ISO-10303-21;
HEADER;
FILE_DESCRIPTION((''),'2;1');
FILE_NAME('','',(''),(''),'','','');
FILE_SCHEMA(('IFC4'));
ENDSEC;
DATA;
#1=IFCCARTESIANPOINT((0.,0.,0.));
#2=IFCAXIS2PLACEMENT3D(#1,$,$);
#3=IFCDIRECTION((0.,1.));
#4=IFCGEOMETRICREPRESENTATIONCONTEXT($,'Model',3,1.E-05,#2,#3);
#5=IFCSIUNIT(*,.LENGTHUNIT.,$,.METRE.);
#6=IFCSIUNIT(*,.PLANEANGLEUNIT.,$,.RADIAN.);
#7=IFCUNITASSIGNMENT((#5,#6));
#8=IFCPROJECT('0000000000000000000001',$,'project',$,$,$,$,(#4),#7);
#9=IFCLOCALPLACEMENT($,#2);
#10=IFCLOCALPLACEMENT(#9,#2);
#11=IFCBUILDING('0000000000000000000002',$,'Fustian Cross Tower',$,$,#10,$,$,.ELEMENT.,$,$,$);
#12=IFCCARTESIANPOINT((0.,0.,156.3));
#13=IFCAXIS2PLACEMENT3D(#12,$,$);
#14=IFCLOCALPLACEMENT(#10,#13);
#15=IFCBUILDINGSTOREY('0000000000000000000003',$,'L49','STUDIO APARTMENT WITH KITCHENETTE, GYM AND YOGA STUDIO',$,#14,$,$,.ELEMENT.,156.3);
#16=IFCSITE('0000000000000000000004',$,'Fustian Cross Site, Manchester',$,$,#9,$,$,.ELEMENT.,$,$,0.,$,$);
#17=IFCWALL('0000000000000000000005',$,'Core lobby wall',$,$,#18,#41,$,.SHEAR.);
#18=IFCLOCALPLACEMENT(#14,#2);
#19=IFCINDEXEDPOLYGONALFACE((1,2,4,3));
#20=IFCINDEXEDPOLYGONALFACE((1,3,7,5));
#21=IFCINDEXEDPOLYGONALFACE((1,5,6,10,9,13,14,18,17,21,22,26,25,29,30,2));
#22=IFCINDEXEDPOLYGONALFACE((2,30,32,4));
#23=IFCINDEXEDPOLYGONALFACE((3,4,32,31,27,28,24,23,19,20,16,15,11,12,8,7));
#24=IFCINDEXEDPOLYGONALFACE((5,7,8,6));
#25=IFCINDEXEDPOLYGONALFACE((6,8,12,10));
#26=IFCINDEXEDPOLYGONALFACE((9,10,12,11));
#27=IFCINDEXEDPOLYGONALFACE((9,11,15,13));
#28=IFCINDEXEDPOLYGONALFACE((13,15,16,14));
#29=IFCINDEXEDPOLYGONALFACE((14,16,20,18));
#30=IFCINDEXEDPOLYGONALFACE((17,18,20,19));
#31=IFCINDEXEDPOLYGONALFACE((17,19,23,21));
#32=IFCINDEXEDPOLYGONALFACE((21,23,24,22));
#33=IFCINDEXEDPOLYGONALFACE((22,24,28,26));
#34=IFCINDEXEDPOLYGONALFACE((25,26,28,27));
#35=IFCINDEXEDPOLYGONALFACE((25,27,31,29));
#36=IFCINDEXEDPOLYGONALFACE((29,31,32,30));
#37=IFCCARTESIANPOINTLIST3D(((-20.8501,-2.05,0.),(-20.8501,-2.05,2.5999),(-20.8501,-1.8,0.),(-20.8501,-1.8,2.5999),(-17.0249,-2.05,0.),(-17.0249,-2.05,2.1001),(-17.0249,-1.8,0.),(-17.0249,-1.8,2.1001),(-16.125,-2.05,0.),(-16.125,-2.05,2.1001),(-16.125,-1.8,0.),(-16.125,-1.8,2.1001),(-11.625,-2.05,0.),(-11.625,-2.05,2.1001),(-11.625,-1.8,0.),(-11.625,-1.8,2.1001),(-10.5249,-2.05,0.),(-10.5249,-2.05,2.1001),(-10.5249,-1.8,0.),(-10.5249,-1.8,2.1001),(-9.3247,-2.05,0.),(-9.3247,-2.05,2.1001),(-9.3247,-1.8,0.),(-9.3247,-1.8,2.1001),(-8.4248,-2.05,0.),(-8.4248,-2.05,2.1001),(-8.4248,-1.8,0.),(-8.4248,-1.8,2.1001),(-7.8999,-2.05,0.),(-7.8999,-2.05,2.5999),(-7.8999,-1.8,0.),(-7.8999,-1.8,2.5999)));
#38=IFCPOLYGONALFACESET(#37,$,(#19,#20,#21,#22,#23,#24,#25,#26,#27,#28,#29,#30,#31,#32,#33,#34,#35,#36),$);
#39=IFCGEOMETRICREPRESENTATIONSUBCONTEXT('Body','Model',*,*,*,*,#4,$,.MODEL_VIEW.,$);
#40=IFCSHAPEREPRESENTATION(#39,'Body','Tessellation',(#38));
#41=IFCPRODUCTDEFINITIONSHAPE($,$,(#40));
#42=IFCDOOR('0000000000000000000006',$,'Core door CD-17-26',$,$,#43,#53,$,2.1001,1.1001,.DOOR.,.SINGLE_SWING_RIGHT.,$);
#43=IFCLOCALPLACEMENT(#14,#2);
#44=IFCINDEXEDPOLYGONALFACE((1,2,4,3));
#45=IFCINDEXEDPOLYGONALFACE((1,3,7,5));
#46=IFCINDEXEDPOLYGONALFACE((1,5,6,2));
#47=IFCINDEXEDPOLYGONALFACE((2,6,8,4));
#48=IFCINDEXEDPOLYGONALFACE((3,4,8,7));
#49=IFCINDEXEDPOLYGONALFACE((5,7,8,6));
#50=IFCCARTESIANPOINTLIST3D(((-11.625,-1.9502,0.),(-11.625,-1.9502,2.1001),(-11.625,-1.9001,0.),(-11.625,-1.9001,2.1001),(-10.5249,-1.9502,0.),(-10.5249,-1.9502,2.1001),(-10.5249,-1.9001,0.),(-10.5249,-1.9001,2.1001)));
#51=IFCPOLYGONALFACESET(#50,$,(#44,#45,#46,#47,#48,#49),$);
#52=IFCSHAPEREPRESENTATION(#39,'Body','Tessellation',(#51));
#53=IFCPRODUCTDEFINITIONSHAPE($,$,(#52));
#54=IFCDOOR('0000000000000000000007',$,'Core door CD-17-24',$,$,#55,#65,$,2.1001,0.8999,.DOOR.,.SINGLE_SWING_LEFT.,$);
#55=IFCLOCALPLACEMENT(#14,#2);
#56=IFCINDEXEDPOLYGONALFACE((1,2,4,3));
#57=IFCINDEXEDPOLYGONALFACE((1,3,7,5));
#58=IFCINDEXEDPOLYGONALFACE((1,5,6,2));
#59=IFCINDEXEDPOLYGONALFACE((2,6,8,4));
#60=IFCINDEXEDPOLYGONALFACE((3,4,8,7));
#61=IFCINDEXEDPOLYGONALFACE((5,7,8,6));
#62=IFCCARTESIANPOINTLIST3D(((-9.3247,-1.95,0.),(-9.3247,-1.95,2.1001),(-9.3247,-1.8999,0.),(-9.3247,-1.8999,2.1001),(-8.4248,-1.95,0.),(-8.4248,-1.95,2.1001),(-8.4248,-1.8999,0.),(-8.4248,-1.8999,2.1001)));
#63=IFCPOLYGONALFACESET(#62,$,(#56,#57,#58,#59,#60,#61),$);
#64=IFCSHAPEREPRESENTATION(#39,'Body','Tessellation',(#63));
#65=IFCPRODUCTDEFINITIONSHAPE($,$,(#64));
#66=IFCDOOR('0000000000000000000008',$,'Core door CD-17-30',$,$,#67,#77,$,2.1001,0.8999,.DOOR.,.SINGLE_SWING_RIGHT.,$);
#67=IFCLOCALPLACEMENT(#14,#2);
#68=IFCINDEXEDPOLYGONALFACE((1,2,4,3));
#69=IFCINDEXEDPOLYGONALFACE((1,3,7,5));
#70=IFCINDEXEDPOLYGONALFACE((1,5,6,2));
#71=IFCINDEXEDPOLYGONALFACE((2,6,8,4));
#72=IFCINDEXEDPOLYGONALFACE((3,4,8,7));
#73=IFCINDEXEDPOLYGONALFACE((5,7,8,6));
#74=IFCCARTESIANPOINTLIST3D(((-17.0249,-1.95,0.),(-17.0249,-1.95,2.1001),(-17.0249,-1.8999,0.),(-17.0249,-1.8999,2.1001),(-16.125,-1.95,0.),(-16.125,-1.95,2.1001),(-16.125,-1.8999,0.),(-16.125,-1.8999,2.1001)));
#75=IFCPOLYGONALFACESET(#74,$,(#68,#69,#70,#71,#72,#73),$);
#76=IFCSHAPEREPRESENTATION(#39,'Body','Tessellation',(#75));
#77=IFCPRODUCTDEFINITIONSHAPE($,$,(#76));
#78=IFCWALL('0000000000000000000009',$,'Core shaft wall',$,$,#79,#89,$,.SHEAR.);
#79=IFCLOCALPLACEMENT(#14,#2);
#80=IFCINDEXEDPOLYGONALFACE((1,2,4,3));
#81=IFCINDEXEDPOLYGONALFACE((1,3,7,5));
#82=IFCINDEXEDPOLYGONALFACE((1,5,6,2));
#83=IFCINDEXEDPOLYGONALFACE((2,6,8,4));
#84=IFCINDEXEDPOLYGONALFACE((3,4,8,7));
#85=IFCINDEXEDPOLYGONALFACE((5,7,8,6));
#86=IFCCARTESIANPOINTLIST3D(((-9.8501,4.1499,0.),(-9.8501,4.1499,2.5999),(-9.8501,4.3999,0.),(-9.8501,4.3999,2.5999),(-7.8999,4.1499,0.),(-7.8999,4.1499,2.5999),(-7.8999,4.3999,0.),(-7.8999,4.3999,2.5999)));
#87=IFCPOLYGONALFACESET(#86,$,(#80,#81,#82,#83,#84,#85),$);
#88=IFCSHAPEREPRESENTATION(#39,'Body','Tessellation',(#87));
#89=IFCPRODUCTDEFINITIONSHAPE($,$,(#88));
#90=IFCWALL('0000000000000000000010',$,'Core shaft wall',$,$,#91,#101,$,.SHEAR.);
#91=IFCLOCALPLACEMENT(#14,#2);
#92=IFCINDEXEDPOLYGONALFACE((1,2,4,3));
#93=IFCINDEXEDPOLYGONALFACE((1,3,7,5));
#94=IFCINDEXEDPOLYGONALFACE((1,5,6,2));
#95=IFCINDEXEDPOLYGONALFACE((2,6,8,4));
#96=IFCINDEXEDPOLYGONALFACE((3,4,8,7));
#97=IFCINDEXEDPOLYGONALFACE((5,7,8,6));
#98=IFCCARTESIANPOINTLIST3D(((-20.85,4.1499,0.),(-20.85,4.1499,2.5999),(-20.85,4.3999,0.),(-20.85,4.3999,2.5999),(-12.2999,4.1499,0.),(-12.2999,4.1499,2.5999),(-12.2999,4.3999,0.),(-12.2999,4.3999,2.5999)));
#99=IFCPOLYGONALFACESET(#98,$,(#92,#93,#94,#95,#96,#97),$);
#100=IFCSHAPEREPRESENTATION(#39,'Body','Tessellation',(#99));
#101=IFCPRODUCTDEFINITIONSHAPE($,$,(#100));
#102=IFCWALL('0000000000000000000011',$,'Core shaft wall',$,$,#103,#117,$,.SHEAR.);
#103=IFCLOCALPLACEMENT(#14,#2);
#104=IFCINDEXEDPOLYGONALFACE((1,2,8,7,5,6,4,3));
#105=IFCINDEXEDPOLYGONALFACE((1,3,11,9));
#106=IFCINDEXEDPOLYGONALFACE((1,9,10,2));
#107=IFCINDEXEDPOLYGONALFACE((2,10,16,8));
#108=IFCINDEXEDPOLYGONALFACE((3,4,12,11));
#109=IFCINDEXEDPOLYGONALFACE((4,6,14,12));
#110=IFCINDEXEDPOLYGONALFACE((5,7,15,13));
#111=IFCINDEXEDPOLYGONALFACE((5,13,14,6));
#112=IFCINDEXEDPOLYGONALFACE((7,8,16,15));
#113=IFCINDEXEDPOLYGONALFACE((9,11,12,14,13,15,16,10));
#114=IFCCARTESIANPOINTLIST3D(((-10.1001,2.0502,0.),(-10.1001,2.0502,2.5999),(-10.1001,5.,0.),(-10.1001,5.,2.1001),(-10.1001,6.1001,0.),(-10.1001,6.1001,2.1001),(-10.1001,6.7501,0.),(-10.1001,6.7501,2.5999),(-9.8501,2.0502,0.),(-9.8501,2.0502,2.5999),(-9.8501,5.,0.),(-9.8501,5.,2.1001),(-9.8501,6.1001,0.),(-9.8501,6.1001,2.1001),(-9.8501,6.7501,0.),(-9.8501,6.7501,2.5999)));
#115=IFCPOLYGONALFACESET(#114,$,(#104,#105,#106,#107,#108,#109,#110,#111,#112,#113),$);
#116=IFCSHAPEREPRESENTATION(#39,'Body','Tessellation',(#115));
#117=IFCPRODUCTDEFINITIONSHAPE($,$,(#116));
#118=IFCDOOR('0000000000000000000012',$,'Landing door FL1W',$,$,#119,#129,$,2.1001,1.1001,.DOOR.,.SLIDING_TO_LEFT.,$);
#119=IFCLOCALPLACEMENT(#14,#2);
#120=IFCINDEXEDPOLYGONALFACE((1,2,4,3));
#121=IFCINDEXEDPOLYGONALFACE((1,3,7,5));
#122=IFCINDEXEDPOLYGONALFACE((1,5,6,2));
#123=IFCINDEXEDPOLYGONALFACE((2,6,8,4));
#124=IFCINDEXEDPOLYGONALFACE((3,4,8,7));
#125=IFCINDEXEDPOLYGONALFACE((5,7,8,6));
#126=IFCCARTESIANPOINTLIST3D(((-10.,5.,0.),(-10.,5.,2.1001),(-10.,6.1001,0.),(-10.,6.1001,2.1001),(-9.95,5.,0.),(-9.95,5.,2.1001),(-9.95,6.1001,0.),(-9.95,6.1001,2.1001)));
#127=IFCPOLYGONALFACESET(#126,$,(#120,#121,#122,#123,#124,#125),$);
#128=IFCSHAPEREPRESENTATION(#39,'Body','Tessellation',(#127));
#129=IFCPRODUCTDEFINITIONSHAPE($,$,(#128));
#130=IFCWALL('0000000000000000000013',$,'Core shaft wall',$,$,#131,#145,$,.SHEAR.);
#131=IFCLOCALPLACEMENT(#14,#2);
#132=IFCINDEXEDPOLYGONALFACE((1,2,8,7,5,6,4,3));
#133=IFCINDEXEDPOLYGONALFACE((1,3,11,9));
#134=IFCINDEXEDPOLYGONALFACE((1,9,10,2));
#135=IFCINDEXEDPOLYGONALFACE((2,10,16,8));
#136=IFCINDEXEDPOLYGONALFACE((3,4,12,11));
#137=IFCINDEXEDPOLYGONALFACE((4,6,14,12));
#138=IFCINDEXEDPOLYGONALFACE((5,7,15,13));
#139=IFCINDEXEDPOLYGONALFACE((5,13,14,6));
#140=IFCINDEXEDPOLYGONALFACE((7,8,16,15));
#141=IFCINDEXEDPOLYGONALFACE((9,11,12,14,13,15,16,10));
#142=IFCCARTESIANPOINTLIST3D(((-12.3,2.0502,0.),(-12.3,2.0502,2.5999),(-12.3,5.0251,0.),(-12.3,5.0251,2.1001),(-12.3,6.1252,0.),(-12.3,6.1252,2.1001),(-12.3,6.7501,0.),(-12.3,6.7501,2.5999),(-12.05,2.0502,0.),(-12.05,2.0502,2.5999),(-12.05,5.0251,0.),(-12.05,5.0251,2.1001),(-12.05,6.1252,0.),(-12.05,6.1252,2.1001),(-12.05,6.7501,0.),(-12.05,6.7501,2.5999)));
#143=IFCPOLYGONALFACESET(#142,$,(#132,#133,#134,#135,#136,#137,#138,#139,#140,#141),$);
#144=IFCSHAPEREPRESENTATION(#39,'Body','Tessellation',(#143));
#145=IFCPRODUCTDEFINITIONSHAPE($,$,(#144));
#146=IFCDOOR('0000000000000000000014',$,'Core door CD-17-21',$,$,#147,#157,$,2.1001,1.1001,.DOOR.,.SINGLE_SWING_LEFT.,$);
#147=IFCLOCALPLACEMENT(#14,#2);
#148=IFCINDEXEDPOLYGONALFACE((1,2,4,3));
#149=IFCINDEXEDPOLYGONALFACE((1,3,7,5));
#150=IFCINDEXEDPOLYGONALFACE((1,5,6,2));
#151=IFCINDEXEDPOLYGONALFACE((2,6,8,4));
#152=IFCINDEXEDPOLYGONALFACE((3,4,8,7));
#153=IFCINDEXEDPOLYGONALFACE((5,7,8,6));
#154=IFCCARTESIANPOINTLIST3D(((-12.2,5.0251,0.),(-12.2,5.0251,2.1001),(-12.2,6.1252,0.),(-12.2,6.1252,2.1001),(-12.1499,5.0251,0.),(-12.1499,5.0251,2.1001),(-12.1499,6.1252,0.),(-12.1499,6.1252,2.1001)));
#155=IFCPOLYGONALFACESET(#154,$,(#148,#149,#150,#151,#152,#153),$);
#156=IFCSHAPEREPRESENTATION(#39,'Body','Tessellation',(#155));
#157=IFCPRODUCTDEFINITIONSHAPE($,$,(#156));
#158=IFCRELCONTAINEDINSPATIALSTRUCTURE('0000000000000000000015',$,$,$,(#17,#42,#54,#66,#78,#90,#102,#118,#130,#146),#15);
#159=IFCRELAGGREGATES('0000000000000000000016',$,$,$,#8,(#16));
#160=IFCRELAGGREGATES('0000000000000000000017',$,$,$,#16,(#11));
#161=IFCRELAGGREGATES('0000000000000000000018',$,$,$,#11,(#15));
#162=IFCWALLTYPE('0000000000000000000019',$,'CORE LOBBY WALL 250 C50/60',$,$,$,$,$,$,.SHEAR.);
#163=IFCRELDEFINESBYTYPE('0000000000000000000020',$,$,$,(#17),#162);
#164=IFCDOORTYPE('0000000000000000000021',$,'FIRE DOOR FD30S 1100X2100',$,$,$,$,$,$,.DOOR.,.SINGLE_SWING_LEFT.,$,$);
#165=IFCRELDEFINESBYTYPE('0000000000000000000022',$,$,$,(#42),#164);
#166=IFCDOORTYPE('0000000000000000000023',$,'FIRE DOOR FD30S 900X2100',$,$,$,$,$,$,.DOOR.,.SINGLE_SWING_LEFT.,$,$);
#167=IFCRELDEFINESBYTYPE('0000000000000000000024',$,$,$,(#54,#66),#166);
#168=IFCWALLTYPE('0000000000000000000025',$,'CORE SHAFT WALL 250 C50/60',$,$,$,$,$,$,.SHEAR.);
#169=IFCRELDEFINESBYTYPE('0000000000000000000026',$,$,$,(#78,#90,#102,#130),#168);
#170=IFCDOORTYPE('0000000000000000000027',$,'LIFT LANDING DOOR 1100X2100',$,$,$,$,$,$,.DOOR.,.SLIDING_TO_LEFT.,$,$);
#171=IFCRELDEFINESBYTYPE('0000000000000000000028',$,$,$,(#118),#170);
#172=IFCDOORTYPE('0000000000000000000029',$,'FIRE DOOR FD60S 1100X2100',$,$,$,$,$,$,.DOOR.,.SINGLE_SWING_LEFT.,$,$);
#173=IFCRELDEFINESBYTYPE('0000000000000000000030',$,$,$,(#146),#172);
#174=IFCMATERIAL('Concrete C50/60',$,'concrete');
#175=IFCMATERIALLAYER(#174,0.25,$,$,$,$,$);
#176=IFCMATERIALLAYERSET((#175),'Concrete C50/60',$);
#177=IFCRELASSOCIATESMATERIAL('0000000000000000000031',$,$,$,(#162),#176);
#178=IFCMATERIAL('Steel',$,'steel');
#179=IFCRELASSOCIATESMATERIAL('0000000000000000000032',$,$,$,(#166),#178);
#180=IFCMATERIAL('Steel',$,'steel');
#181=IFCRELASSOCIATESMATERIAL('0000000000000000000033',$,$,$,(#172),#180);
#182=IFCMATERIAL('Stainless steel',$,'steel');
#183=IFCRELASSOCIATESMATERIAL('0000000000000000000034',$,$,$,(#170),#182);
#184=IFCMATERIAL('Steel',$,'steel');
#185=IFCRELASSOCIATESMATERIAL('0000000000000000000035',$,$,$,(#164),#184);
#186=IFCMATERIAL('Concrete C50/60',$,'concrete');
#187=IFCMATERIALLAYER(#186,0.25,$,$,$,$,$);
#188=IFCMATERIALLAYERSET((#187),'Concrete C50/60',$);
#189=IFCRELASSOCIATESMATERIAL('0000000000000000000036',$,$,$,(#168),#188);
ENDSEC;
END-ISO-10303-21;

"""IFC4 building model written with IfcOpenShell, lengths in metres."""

from ifc_helpers import new_model, si_unit, direction, frame, frame_2d, origin, place, context, subcontext, project, spatial, rectangle, extrude, material, layer, layer_set, type_object, element, fill, save


model = new_model("IFC4")

# Units and contexts
model_context = context("Model", 3, precision=1e-05, world=origin(), true_north=direction((0.0, 1.0)))
body_context = subcontext(model_context, "Body", "Model", "MODEL_VIEW")
ifc_project = project(units=[si_unit("LENGTHUNIT", "METRE"), si_unit("PLANEANGLEUNIT", "RADIAN")], contexts=[model_context])

# Site, building, storey
site_placement = place(None, origin())
site = spatial("IfcSite", under=ifc_project, at=site_placement, Name="Fustian Cross Site, Manchester", CompositionType="ELEMENT", RefElevation=0.0)
building_placement = place(site_placement, origin())
building = spatial("IfcBuilding", under=site, at=building_placement, Name="Fustian Cross Tower", CompositionType="ELEMENT")
storey_placement = place(building_placement, frame((0.0, 0.0, 156.3)))
storey = spatial("IfcBuildingStorey", under=building, at=storey_placement, Name="L49", Description="STUDIO APARTMENT WITH KITCHENETTE, GYM AND YOGA STUDIO", CompositionType="ELEMENT", Elevation=156.3)

# Wall, openings, doors
ifc_material_1 = material(Name="Concrete C50/60", Category="concrete")
ifc_layer_1 = layer(ifc_material_1, 0.25)
ifc_layer_set_1 = layer_set([ifc_layer_1], Name="Concrete C50/60")
wall_type_1 = type_object("IfcWallType", Name="CORE LOBBY WALL 250 C50/60", PredefinedType="SHEAR", material=ifc_layer_set_1)
ifc_material_2 = material(Name="Steel", Category="steel")
door_type_1 = type_object("IfcDoorType", Name="FIRE DOOR FD30S 900X2100", OperationType="SINGLE_SWING_LEFT", PredefinedType="DOOR", material=ifc_material_2)
ifc_material_3 = material(Name="Steel", Category="steel")
door_type_2 = type_object("IfcDoorType", Name="FIRE DOOR FD60S 1100X2100", OperationType="SINGLE_SWING_LEFT", PredefinedType="DOOR", material=ifc_material_3)
ifc_material_4 = material(Name="Stainless steel", Category="steel")
door_type_3 = type_object("IfcDoorType", Name="LIFT LANDING DOOR 1100X2100", OperationType="SLIDING_TO_LEFT", PredefinedType="DOOR", material=ifc_material_4)
wall_1_placement = place(storey_placement, frame((-7.8999, -1.925, 0.0), z_axis=(0.0, 0.0, 1.0), x_axis=(-1.0, 0.0, 0.0)))
wall_1 = element("IfcWall", 1, at=wall_1_placement, inside=storey, type_object=wall_type_1, Name="Core lobby wall", PredefinedType="SHEAR", context=body_context, shape_type="SweptSolid", body=[
    extrude(rectangle(XDim=12.9502, YDim=0.25, at=frame_2d((6.4751, 0.0))), origin(), (0.0, 0.0, 1.0), 2.5999),
])
opening_1_placement = place(wall_1_placement, frame((0.5249, 0.0, 0.0)))
opening_1 = element("IfcOpeningElement", 2, at=opening_1_placement, cuts=wall_1, PredefinedType="OPENING", context=body_context, shape_type="SweptSolid", body=[
    extrude(rectangle(XDim=0.8999, YDim=2.1001, at=frame_2d((0.45, 1.05))), frame((0.0, 0.135, 0.0), z_axis=(0.0, -1.0, 0.0), x_axis=(1.0, 0.0, 0.0)), (0.0, 0.0, 1.0), 0.27),
])
opening_2_placement = place(wall_1_placement, frame((2.625, 0.0, 0.0)))
opening_2 = element("IfcOpeningElement", 3, at=opening_2_placement, cuts=wall_1, PredefinedType="OPENING", context=body_context, shape_type="SweptSolid", body=[
    extrude(rectangle(XDim=1.1001, YDim=2.1001, at=frame_2d((0.55, 1.05))), frame((0.0, 0.135, 0.0), z_axis=(0.0, -1.0, 0.0), x_axis=(1.0, 0.0, 0.0)), (0.0, 0.0, 1.0), 0.27),
])
opening_3_placement = place(wall_1_placement, frame((8.2251, 0.0, 0.0)))
opening_3 = element("IfcOpeningElement", 4, at=opening_3_placement, cuts=wall_1, PredefinedType="OPENING", context=body_context, shape_type="SweptSolid", body=[
    extrude(rectangle(XDim=0.8999, YDim=2.1001, at=frame_2d((0.45, 1.05))), frame((0.0, 0.135, 0.0), z_axis=(0.0, -1.0, 0.0), x_axis=(1.0, 0.0, 0.0)), (0.0, 0.0, 1.0), 0.27),
])
ifc_material_5 = material(Name="Steel", Category="steel")
door_type_4 = type_object("IfcDoorType", Name="FIRE DOOR FD30S 1100X2100", OperationType="SINGLE_SWING_LEFT", PredefinedType="DOOR", material=ifc_material_5)
door_1_placement = place(opening_2_placement, frame((1.1001, 0.0, 0.0), z_axis=(0.0, 0.0, 1.0), x_axis=(-1.0, 0.0, 0.0)))
door_1 = element("IfcDoor", 5, at=door_1_placement, inside=storey, type_object=door_type_4, Name="Core door CD-17-26", OperationType="SINGLE_SWING_RIGHT", OverallHeight=2.1001, OverallWidth=1.1001, PredefinedType="DOOR", context=body_context, shape_type="SweptSolid", body=[
    extrude(rectangle(XDim=1.1001, YDim=2.1001, at=frame_2d((0.55, 1.05))), frame((0.0, 0.0249, 0.0), z_axis=(0.0, -1.0, 0.0), x_axis=(1.0, 0.0, 0.0)), (0.0, 0.0, 1.0), 0.05),
])
fill(opening_2, door_1)
door_2_placement = place(opening_1_placement, origin())
door_2 = element("IfcDoor", 6, at=door_2_placement, inside=storey, type_object=door_type_1, Name="Core door CD-17-24", OperationType="SINGLE_SWING_LEFT", OverallHeight=2.1001, OverallWidth=0.8999, PredefinedType="DOOR", context=body_context, shape_type="SweptSolid", body=[
    extrude(rectangle(XDim=0.8999, YDim=2.1001, at=frame_2d((0.45, 1.05))), frame((0.0, 0.0249, 0.0), z_axis=(0.0, -1.0, 0.0), x_axis=(1.0, 0.0, 0.0)), (0.0, 0.0, 1.0), 0.05),
])
fill(opening_1, door_2)
door_3_placement = place(opening_3_placement, origin())
door_3 = element("IfcDoor", 7, at=door_3_placement, inside=storey, type_object=door_type_1, Name="Core door CD-17-30", OperationType="SINGLE_SWING_RIGHT", OverallHeight=2.1001, OverallWidth=0.8999, PredefinedType="DOOR", context=body_context, shape_type="SweptSolid", body=[
    extrude(rectangle(XDim=0.8999, YDim=2.1001, at=frame_2d((0.45, 1.05))), frame((0.0, 0.0249, 0.0), z_axis=(0.0, -1.0, 0.0), x_axis=(1.0, 0.0, 0.0)), (0.0, 0.0, 1.0), 0.05),
])
fill(opening_3, door_3)

# Walls
ifc_material_6 = material(Name="Concrete C50/60", Category="concrete")
ifc_layer_2 = layer(ifc_material_6, 0.25)
ifc_layer_set_2 = layer_set([ifc_layer_2], Name="Concrete C50/60")
wall_type_2 = type_object("IfcWallType", Name="CORE SHAFT WALL 250 C50/60", PredefinedType="SHEAR", material=ifc_layer_set_2)
wall_2_placement = place(storey_placement, frame((-7.8999, 4.2749, 0.0), z_axis=(0.0, 0.0, 1.0), x_axis=(-1.0, 0.0, 0.0)))
element("IfcWall", 8, at=wall_2_placement, inside=storey, type_object=wall_type_2, Name="Core shaft wall", PredefinedType="SHEAR", context=body_context, shape_type="SweptSolid", body=[
    extrude(rectangle(XDim=1.9502, YDim=0.25, at=frame_2d((0.9751, 0.0))), origin(), (0.0, 0.0, 1.0), 2.5999),
])
wall_3_placement = place(storey_placement, frame((-12.3, 4.2749, 0.0), z_axis=(0.0, 0.0, 1.0), x_axis=(-1.0, 0.0, 0.0)))
element("IfcWall", 9, at=wall_3_placement, inside=storey, type_object=wall_type_2, Name="Core shaft wall", PredefinedType="SHEAR", context=body_context, shape_type="SweptSolid", body=[
    extrude(rectangle(XDim=8.55, YDim=0.25, at=frame_2d((4.2749, 0.0))), origin(), (0.0, 0.0, 1.0), 2.5999),
])

# Walls, openings, doors
wall_4_placement = place(storey_placement, frame((-9.9751, 2.05, 0.0), z_axis=(0.0, 0.0, 1.0), x_axis=(0.0, 1.0, 0.0)))
wall_4 = element("IfcWall", 10, at=wall_4_placement, inside=storey, type_object=wall_type_2, Name="Core shaft wall", PredefinedType="SHEAR", context=body_context, shape_type="SweptSolid", body=[
    extrude(rectangle(XDim=4.7, YDim=0.25, at=frame_2d((2.3501, 0.0))), origin(), (0.0, 0.0, 1.0), 2.5999),
])
opening_4_placement = place(wall_4_placement, frame((2.95, 0.0, 0.0)))
opening_4 = element("IfcOpeningElement", 11, at=opening_4_placement, cuts=wall_4, PredefinedType="OPENING", context=body_context, shape_type="SweptSolid", body=[
    extrude(rectangle(XDim=1.1001, YDim=2.1001, at=frame_2d((0.55, 1.05))), frame((0.0, 0.135, 0.0), z_axis=(0.0, -1.0, 0.0), x_axis=(1.0, 0.0, 0.0)), (0.0, 0.0, 1.0), 0.27),
])
door_4_placement = place(opening_4_placement, origin())
door_4 = element("IfcDoor", 12, at=door_4_placement, inside=storey, type_object=door_type_3, Name="Landing door FL1W", OperationType="SLIDING_TO_LEFT", OverallHeight=2.1001, OverallWidth=1.1001, PredefinedType="DOOR", context=body_context, shape_type="SweptSolid", body=[
    extrude(rectangle(XDim=1.1001, YDim=2.1001, at=frame_2d((0.55, 1.05))), frame((0.0, 0.0249, 0.0), z_axis=(0.0, -1.0, 0.0), x_axis=(1.0, 0.0, 0.0)), (0.0, 0.0, 1.0), 0.05),
])
fill(opening_4, door_4)
wall_5_placement = place(storey_placement, frame((-12.175, 2.05, 0.0), z_axis=(0.0, 0.0, 1.0), x_axis=(0.0, 1.0, 0.0)))
wall_5 = element("IfcWall", 13, at=wall_5_placement, inside=storey, type_object=wall_type_2, Name="Core shaft wall", PredefinedType="SHEAR", context=body_context, shape_type="SweptSolid", body=[
    extrude(rectangle(XDim=4.7, YDim=0.25, at=frame_2d((2.3501, 0.0))), origin(), (0.0, 0.0, 1.0), 2.5999),
])
opening_5_placement = place(wall_5_placement, frame((2.9751, 0.0, 0.0)))
opening_5 = element("IfcOpeningElement", 14, at=opening_5_placement, cuts=wall_5, PredefinedType="OPENING", context=body_context, shape_type="SweptSolid", body=[
    extrude(rectangle(XDim=1.1001, YDim=2.1001, at=frame_2d((0.55, 1.05))), frame((0.0, 0.135, 0.0), z_axis=(0.0, -1.0, 0.0), x_axis=(1.0, 0.0, 0.0)), (0.0, 0.0, 1.0), 0.27),
])
door_5_placement = place(opening_5_placement, origin())
door_5 = element("IfcDoor", 15, at=door_5_placement, inside=storey, type_object=door_type_2, Name="Core door CD-17-21", OperationType="SINGLE_SWING_LEFT", OverallHeight=2.1001, OverallWidth=1.1001, PredefinedType="DOOR", context=body_context, shape_type="SweptSolid", body=[
    extrude(rectangle(XDim=1.1001, YDim=2.1001, at=frame_2d((0.55, 1.05))), frame((0.0, 0.0249, 0.0), z_axis=(0.0, -1.0, 0.0), x_axis=(1.0, 0.0, 0.0)), (0.0, 0.0, 1.0), 0.05),
])
fill(opening_5, door_5)

save(model, "model.ifc")
